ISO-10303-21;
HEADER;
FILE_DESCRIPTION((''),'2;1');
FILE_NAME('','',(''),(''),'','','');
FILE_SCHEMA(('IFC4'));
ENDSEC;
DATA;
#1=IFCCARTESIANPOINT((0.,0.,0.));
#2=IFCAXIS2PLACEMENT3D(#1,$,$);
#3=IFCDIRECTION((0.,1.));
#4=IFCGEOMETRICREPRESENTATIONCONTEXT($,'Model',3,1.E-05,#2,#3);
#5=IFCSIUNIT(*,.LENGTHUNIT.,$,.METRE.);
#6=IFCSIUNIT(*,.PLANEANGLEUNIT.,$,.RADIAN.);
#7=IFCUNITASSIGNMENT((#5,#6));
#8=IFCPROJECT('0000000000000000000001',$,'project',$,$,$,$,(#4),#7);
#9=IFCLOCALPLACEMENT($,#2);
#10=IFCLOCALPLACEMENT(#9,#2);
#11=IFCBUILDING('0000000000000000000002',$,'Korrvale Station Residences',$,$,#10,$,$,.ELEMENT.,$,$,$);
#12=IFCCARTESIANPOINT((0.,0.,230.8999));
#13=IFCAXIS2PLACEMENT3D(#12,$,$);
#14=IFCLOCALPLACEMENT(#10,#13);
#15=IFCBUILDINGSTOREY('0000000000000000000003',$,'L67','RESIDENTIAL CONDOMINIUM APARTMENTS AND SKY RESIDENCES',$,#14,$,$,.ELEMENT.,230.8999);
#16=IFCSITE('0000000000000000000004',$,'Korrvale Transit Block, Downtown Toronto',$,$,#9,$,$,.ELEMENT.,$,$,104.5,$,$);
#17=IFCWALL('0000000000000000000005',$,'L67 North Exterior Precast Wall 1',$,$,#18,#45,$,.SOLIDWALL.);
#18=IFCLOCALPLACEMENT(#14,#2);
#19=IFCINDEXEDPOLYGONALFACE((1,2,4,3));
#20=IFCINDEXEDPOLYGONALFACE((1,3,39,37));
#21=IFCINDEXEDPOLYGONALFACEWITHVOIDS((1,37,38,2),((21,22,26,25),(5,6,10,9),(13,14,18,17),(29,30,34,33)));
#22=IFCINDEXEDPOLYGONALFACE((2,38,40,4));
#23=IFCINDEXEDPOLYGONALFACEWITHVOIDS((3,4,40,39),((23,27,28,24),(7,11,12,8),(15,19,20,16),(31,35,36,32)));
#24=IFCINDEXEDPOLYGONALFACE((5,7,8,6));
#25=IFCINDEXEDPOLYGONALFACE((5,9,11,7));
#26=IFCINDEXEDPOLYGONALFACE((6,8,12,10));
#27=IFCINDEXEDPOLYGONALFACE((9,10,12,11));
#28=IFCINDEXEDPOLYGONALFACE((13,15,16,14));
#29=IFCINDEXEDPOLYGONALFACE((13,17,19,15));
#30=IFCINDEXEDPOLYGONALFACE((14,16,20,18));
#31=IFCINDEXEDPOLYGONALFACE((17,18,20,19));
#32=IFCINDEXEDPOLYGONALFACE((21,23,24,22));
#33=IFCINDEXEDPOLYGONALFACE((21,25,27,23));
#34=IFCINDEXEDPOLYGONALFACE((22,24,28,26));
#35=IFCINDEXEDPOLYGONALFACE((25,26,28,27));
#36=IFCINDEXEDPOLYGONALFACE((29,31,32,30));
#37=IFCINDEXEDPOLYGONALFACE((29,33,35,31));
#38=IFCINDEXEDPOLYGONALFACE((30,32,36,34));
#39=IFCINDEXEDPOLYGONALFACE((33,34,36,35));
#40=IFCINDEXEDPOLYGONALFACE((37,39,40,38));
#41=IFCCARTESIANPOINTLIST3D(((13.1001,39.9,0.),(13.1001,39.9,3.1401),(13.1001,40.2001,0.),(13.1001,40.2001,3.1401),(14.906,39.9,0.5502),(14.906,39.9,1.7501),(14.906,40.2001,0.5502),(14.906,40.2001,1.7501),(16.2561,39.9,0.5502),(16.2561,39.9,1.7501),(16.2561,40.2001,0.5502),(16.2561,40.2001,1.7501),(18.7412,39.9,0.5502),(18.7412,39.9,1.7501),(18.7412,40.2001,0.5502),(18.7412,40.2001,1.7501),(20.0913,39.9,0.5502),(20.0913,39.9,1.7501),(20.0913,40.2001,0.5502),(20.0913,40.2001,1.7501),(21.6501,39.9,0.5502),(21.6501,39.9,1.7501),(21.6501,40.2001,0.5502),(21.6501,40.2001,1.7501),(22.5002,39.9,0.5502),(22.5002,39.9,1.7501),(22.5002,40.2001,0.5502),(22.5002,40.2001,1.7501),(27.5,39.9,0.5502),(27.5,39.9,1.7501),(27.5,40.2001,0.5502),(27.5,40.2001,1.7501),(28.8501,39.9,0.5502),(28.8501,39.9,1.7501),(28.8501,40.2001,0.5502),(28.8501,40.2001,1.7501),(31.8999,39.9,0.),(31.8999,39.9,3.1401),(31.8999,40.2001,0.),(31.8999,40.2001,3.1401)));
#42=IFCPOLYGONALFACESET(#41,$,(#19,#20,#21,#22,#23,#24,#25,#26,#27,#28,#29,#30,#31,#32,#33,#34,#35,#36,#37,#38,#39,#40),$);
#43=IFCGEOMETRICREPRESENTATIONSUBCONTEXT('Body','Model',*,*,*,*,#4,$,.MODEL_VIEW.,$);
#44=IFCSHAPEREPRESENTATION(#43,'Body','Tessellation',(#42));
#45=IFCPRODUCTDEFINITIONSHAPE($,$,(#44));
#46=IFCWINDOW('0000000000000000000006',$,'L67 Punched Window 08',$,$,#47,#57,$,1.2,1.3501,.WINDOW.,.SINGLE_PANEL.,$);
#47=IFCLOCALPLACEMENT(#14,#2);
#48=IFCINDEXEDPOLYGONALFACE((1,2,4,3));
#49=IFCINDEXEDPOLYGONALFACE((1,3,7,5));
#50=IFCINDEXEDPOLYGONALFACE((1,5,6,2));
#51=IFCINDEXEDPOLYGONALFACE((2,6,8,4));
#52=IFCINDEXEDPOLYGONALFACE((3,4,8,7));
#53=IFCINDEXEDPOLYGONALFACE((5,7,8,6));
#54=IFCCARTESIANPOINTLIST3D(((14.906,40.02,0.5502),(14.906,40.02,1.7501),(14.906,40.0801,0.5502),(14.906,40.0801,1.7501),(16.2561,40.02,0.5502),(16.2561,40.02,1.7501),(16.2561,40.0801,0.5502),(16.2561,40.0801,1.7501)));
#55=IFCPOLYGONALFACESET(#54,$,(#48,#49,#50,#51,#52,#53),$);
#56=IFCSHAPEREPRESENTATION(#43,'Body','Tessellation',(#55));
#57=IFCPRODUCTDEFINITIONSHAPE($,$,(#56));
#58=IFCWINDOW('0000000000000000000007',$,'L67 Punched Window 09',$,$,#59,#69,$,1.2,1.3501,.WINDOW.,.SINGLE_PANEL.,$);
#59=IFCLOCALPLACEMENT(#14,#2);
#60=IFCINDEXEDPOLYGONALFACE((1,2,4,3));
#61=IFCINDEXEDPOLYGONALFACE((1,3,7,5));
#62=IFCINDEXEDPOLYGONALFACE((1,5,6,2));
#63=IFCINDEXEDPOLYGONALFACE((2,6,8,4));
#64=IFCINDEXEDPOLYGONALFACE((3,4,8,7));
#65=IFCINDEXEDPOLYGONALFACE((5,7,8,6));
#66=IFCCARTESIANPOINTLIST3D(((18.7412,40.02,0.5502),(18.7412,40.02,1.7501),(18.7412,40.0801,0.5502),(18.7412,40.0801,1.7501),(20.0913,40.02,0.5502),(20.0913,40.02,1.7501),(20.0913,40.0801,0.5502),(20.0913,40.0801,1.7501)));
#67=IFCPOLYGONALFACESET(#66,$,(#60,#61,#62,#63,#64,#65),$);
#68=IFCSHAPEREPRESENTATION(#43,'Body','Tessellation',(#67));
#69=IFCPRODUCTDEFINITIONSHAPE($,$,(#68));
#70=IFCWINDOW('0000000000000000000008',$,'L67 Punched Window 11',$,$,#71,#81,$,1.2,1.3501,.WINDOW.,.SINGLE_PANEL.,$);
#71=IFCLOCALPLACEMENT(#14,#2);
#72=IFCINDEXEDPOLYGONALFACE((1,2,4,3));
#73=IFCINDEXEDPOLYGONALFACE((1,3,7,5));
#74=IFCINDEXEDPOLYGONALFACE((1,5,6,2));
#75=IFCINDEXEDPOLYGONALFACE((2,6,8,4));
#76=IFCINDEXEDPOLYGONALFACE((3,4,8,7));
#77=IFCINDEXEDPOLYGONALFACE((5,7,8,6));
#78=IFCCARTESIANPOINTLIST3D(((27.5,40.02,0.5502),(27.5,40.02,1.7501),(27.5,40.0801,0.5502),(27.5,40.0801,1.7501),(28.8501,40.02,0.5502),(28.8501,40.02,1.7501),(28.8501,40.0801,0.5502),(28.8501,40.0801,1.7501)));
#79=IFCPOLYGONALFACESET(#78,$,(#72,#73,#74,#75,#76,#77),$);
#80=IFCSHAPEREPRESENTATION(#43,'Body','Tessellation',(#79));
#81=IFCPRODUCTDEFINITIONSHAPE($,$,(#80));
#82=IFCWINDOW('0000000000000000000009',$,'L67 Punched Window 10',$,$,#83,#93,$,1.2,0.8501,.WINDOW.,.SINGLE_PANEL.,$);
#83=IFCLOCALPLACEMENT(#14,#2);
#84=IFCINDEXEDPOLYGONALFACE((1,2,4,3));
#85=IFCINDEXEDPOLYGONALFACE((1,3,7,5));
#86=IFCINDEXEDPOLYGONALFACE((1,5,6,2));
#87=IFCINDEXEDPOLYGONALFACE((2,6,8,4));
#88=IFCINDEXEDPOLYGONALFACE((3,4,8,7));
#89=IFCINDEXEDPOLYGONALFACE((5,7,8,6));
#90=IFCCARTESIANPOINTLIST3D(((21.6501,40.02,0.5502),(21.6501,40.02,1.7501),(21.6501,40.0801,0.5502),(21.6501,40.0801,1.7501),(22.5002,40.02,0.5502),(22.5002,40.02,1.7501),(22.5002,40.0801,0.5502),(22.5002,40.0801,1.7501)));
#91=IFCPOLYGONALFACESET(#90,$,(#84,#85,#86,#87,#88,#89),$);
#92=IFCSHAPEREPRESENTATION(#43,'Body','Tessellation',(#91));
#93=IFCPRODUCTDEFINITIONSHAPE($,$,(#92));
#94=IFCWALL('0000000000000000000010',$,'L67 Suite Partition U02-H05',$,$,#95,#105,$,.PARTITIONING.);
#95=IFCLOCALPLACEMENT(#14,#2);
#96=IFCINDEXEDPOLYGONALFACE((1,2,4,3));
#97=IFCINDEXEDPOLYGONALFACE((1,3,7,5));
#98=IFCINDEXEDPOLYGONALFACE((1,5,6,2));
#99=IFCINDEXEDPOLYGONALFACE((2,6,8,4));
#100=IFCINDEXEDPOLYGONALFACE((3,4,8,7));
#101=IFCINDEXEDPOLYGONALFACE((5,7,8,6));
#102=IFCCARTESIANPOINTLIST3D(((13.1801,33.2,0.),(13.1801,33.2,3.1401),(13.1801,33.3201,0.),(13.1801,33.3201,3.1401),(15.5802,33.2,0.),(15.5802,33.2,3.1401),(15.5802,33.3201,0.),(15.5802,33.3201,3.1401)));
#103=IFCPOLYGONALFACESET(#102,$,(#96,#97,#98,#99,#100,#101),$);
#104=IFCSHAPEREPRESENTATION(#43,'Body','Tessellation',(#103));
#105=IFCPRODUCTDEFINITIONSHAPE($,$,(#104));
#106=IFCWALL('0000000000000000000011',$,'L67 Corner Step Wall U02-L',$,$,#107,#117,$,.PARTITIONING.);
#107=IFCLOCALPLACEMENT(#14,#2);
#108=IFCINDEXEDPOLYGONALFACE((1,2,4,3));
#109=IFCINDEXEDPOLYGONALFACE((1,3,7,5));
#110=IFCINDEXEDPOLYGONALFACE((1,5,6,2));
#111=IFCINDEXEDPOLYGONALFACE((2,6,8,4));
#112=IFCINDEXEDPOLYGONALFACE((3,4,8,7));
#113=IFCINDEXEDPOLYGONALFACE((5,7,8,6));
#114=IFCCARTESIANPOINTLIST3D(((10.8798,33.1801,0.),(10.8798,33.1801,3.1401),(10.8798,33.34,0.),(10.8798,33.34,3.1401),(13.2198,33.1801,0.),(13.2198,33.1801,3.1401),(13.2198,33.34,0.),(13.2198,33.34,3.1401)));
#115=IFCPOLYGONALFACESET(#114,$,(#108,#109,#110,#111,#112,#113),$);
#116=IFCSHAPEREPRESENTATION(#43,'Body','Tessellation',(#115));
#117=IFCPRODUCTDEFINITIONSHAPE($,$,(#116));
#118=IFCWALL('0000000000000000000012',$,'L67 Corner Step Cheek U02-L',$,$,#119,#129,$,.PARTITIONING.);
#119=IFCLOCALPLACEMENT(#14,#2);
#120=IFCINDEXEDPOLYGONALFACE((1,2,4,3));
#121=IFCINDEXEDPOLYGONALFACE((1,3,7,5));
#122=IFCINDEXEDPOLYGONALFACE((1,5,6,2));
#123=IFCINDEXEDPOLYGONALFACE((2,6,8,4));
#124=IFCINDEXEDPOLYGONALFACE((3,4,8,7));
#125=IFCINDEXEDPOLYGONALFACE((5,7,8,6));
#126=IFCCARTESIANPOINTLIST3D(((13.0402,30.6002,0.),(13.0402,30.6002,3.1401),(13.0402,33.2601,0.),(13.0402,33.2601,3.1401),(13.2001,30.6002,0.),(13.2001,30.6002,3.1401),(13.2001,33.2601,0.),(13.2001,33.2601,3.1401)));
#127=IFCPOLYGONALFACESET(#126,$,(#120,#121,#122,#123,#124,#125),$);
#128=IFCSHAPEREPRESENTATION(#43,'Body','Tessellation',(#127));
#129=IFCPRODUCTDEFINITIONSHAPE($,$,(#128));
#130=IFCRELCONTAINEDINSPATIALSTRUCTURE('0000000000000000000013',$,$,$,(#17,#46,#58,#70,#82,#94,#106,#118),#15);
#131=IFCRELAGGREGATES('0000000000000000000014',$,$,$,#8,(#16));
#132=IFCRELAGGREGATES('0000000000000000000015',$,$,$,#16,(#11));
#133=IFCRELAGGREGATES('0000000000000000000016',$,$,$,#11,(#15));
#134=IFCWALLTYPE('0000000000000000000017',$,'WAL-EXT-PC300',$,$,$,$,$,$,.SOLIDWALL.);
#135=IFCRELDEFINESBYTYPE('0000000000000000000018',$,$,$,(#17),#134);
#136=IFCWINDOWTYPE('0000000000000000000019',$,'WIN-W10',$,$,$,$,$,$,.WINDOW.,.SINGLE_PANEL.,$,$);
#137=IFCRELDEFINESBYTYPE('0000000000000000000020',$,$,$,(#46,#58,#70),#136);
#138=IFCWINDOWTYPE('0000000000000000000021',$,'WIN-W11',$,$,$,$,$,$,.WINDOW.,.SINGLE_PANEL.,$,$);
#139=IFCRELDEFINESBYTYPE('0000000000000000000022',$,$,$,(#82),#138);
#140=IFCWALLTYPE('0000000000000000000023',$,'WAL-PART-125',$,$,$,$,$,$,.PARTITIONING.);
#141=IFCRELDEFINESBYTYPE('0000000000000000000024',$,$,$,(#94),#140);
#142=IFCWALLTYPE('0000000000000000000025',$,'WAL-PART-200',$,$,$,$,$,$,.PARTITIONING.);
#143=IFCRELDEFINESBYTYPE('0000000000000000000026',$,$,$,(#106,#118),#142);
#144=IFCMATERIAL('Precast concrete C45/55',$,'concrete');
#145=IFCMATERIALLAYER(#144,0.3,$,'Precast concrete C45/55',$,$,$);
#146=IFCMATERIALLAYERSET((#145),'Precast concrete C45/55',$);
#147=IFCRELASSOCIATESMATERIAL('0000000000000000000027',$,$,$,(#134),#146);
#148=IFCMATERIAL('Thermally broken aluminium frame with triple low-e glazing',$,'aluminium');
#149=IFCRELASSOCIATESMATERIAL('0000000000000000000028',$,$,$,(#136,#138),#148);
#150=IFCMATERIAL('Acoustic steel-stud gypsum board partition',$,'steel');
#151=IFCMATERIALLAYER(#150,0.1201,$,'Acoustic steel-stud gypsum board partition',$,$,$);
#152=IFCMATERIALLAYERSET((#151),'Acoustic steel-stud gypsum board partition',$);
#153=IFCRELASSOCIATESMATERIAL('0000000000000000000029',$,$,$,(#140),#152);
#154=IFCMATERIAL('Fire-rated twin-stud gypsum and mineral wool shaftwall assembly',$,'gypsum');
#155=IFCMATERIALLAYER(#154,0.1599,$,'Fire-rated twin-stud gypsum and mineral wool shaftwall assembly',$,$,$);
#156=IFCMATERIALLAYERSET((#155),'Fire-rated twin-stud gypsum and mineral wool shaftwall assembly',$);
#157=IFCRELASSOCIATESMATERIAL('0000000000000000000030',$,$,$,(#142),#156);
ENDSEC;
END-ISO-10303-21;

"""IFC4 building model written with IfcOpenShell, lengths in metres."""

from ifc_helpers import new_model, si_unit, direction, frame, frame_2d, origin, place, context, subcontext, project, spatial, rectangle, extrude, material, layer, layer_set, type_object, element, fill, save


model = new_model("IFC4")

# Units and contexts
model_context = context("Model", 3, precision=1e-05, world=origin(), true_north=direction((0.0, 1.0)))
body_context = subcontext(model_context, "Body", "Model", "MODEL_VIEW")
ifc_project = project(units=[si_unit("LENGTHUNIT", "METRE"), si_unit("PLANEANGLEUNIT", "RADIAN")], contexts=[model_context])

# Site, building, storey
site_placement = place(None, origin())
site = spatial("IfcSite", under=ifc_project, at=site_placement, Name="Korrvale Transit Block, Downtown Toronto", CompositionType="ELEMENT", RefElevation=104.5)
building_placement = place(site_placement, origin())
building = spatial("IfcBuilding", under=site, at=building_placement, Name="Korrvale Station Residences", CompositionType="ELEMENT")
storey_placement = place(building_placement, frame((0.0, 0.0, 230.8999)))
storey = spatial("IfcBuildingStorey", under=building, at=storey_placement, Name="L67", Description="RESIDENTIAL CONDOMINIUM APARTMENTS AND SKY RESIDENCES", CompositionType="ELEMENT", Elevation=230.8999)

# Shared definitions
ifc_material_1 = material(Name="Precast concrete C45/55", Category="concrete")

# Wall, openings, windows
ifc_layer_1 = layer(ifc_material_1, 0.3, Name="Precast concrete C45/55")
ifc_layer_set_1 = layer_set([ifc_layer_1], Name="Precast concrete C45/55")
wall_type_1 = type_object("IfcWallType", Name="WAL-EXT-PC300", PredefinedType="SOLIDWALL", material=ifc_layer_set_1)
wall_1_placement = place(storey_placement, frame((13.1001, 40.05, 0.0), z_axis=(0.0, 0.0, 1.0), x_axis=(1.0, 0.0, 0.0)))
wall_1 = element("IfcWall", 1, at=wall_1_placement, inside=storey, type_object=wall_type_1, Name="L67 North Exterior Precast Wall 1", PredefinedType="SOLIDWALL", context=body_context, shape_type="SweptSolid", body=[
    extrude(rectangle(XDim=18.7998, YDim=0.3, at=frame_2d((9.3999, 0.0))), origin(), (0.0, 0.0, 1.0), 3.1401),
])
opening_1_placement = place(wall_1_placement, frame((1.8059, 0.0, 0.55)))
opening_1 = element("IfcOpeningElement", 2, at=opening_1_placement, cuts=wall_1, PredefinedType="OPENING", context=body_context, shape_type="SweptSolid", body=[
    extrude(rectangle(XDim=1.3501, YDim=1.2, at=frame_2d((0.675, 0.6001))), frame((0.0, 0.1602, 0.0), z_axis=(0.0, -1.0, 0.0), x_axis=(1.0, 0.0, 0.0)), (0.0, 0.0, 1.0), 0.3201),
])
opening_2_placement = place(wall_1_placement, frame((5.6411, 0.0, 0.55)))
opening_2 = element("IfcOpeningElement", 3, at=opening_2_placement, cuts=wall_1, PredefinedType="OPENING", context=body_context, shape_type="SweptSolid", body=[
    extrude(rectangle(XDim=1.3501, YDim=1.2, at=frame_2d((0.675, 0.6001))), frame((0.0, 0.1602, 0.0), z_axis=(0.0, -1.0, 0.0), x_axis=(1.0, 0.0, 0.0)), (0.0, 0.0, 1.0), 0.3201),
])
opening_3_placement = place(wall_1_placement, frame((8.55, 0.0, 0.55)))
opening_3 = element("IfcOpeningElement", 4, at=opening_3_placement, cuts=wall_1, PredefinedType="OPENING", context=body_context, shape_type="SweptSolid", body=[
    extrude(rectangle(XDim=0.8501, YDim=1.2, at=frame_2d((0.425, 0.6001))), frame((0.0, 0.1602, 0.0), z_axis=(0.0, -1.0, 0.0), x_axis=(1.0, 0.0, 0.0)), (0.0, 0.0, 1.0), 0.3201),
])
opening_4_placement = place(wall_1_placement, frame((14.3999, 0.0, 0.55)))
opening_4 = element("IfcOpeningElement", 5, at=opening_4_placement, cuts=wall_1, PredefinedType="OPENING", context=body_context, shape_type="SweptSolid", body=[
    extrude(rectangle(XDim=1.3501, YDim=1.2, at=frame_2d((0.675, 0.6001))), frame((0.0, 0.1602, 0.0), z_axis=(0.0, -1.0, 0.0), x_axis=(1.0, 0.0, 0.0)), (0.0, 0.0, 1.0), 0.3201),
])
ifc_material_2 = material(Name="Thermally broken aluminium frame with triple low-e glazing", Category="aluminium")
window_type_1 = type_object("IfcWindowType", Name="WIN-W10", PartitioningType="SINGLE_PANEL", PredefinedType="WINDOW", material=ifc_material_2)
window_1_placement = place(opening_1_placement, origin())
window_1 = element("IfcWindow", 6, at=window_1_placement, inside=storey, type_object=window_type_1, Name="L67 Punched Window 08", OverallHeight=1.2, OverallWidth=1.3501, PartitioningType="SINGLE_PANEL", PredefinedType="WINDOW", context=body_context, shape_type="SweptSolid", body=[
    extrude(rectangle(XDim=1.3501, YDim=1.2, at=frame_2d((0.675, 0.6001))), frame((0.0, 0.03, 0.0), z_axis=(0.0, -1.0, 0.0), x_axis=(1.0, 0.0, 0.0)), (0.0, 0.0, 1.0), 0.0601),
])
fill(opening_1, window_1)
window_2_placement = place(opening_2_placement, origin())
window_2 = element("IfcWindow", 7, at=window_2_placement, inside=storey, type_object=window_type_1, Name="L67 Punched Window 09", OverallHeight=1.2, OverallWidth=1.3501, PartitioningType="SINGLE_PANEL", PredefinedType="WINDOW", context=body_context, shape_type="SweptSolid", body=[
    extrude(rectangle(XDim=1.3501, YDim=1.2, at=frame_2d((0.675, 0.6001))), frame((0.0, 0.03, 0.0), z_axis=(0.0, -1.0, 0.0), x_axis=(1.0, 0.0, 0.0)), (0.0, 0.0, 1.0), 0.0601),
])
fill(opening_2, window_2)
window_3_placement = place(opening_4_placement, origin())
window_3 = element("IfcWindow", 8, at=window_3_placement, inside=storey, type_object=window_type_1, Name="L67 Punched Window 11", OverallHeight=1.2, OverallWidth=1.3501, PartitioningType="SINGLE_PANEL", PredefinedType="WINDOW", context=body_context, shape_type="SweptSolid", body=[
    extrude(rectangle(XDim=1.3501, YDim=1.2, at=frame_2d((0.675, 0.6001))), frame((0.0, 0.03, 0.0), z_axis=(0.0, -1.0, 0.0), x_axis=(1.0, 0.0, 0.0)), (0.0, 0.0, 1.0), 0.0601),
])
fill(opening_4, window_3)
window_type_2 = type_object("IfcWindowType", Name="WIN-W11", PartitioningType="SINGLE_PANEL", PredefinedType="WINDOW", material=ifc_material_2)
window_4_placement = place(opening_3_placement, origin())
window_4 = element("IfcWindow", 9, at=window_4_placement, inside=storey, type_object=window_type_2, Name="L67 Punched Window 10", OverallHeight=1.2, OverallWidth=0.8501, PartitioningType="SINGLE_PANEL", PredefinedType="WINDOW", context=body_context, shape_type="SweptSolid", body=[
    extrude(rectangle(XDim=0.8501, YDim=1.2, at=frame_2d((0.425, 0.6001))), frame((0.0, 0.03, 0.0), z_axis=(0.0, -1.0, 0.0), x_axis=(1.0, 0.0, 0.0)), (0.0, 0.0, 1.0), 0.0601),
])
fill(opening_3, window_4)

# Walls
ifc_material_3 = material(Name="Acoustic steel-stud gypsum board partition", Category="steel")
ifc_layer_2 = layer(ifc_material_3, 0.1201, Name="Acoustic steel-stud gypsum board partition")
ifc_layer_set_2 = layer_set([ifc_layer_2], Name="Acoustic steel-stud gypsum board partition")
wall_type_2 = type_object("IfcWallType", Name="WAL-PART-125", PredefinedType="PARTITIONING", material=ifc_layer_set_2)
wall_2_placement = place(storey_placement, frame((13.1799, 33.26, 0.0), z_axis=(0.0, 0.0, 1.0), x_axis=(1.0, 0.0, 0.0)))
element("IfcWall", 10, at=wall_2_placement, inside=storey, type_object=wall_type_2, Name="L67 Suite Partition U02-H05", PredefinedType="PARTITIONING", context=body_context, shape_type="SweptSolid", body=[
    extrude(rectangle(XDim=2.4001, YDim=0.1201, at=frame_2d((1.2002, 0.0))), origin(), (0.0, 0.0, 1.0), 3.1401),
])
ifc_material_4 = material(Name="Fire-rated twin-stud gypsum and mineral wool shaftwall assembly", Category="gypsum")
ifc_layer_3 = layer(ifc_material_4, 0.1599, Name="Fire-rated twin-stud gypsum and mineral wool shaftwall assembly")
ifc_layer_set_3 = layer_set([ifc_layer_3], Name="Fire-rated twin-stud gypsum and mineral wool shaftwall assembly")
wall_type_3 = type_object("IfcWallType", Name="WAL-PART-200", PredefinedType="PARTITIONING", material=ifc_layer_set_3)
wall_3_placement = place(storey_placement, frame((10.8799, 33.26, 0.0), z_axis=(0.0, 0.0, 1.0), x_axis=(1.0, 0.0, 0.0)))
element("IfcWall", 11, at=wall_3_placement, inside=storey, type_object=wall_type_3, Name="L67 Corner Step Wall U02-L", PredefinedType="PARTITIONING", context=body_context, shape_type="SweptSolid", body=[
    extrude(rectangle(XDim=2.3401, YDim=0.1599, at=frame_2d((1.1699, 0.0))), origin(), (0.0, 0.0, 1.0), 3.1401),
])
wall_4_placement = place(storey_placement, frame((13.1201, 30.6001, 0.0), z_axis=(0.0, 0.0, 1.0), x_axis=(0.0, 1.0, 0.0)))
element("IfcWall", 12, at=wall_4_placement, inside=storey, type_object=wall_type_3, Name="L67 Corner Step Cheek U02-L", PredefinedType="PARTITIONING", context=body_context, shape_type="SweptSolid", body=[
    extrude(rectangle(XDim=2.6599, YDim=0.1599, at=frame_2d((1.3301, 0.0))), origin(), (0.0, 0.0, 1.0), 3.1401),
])

save(model, "model.ifc")
